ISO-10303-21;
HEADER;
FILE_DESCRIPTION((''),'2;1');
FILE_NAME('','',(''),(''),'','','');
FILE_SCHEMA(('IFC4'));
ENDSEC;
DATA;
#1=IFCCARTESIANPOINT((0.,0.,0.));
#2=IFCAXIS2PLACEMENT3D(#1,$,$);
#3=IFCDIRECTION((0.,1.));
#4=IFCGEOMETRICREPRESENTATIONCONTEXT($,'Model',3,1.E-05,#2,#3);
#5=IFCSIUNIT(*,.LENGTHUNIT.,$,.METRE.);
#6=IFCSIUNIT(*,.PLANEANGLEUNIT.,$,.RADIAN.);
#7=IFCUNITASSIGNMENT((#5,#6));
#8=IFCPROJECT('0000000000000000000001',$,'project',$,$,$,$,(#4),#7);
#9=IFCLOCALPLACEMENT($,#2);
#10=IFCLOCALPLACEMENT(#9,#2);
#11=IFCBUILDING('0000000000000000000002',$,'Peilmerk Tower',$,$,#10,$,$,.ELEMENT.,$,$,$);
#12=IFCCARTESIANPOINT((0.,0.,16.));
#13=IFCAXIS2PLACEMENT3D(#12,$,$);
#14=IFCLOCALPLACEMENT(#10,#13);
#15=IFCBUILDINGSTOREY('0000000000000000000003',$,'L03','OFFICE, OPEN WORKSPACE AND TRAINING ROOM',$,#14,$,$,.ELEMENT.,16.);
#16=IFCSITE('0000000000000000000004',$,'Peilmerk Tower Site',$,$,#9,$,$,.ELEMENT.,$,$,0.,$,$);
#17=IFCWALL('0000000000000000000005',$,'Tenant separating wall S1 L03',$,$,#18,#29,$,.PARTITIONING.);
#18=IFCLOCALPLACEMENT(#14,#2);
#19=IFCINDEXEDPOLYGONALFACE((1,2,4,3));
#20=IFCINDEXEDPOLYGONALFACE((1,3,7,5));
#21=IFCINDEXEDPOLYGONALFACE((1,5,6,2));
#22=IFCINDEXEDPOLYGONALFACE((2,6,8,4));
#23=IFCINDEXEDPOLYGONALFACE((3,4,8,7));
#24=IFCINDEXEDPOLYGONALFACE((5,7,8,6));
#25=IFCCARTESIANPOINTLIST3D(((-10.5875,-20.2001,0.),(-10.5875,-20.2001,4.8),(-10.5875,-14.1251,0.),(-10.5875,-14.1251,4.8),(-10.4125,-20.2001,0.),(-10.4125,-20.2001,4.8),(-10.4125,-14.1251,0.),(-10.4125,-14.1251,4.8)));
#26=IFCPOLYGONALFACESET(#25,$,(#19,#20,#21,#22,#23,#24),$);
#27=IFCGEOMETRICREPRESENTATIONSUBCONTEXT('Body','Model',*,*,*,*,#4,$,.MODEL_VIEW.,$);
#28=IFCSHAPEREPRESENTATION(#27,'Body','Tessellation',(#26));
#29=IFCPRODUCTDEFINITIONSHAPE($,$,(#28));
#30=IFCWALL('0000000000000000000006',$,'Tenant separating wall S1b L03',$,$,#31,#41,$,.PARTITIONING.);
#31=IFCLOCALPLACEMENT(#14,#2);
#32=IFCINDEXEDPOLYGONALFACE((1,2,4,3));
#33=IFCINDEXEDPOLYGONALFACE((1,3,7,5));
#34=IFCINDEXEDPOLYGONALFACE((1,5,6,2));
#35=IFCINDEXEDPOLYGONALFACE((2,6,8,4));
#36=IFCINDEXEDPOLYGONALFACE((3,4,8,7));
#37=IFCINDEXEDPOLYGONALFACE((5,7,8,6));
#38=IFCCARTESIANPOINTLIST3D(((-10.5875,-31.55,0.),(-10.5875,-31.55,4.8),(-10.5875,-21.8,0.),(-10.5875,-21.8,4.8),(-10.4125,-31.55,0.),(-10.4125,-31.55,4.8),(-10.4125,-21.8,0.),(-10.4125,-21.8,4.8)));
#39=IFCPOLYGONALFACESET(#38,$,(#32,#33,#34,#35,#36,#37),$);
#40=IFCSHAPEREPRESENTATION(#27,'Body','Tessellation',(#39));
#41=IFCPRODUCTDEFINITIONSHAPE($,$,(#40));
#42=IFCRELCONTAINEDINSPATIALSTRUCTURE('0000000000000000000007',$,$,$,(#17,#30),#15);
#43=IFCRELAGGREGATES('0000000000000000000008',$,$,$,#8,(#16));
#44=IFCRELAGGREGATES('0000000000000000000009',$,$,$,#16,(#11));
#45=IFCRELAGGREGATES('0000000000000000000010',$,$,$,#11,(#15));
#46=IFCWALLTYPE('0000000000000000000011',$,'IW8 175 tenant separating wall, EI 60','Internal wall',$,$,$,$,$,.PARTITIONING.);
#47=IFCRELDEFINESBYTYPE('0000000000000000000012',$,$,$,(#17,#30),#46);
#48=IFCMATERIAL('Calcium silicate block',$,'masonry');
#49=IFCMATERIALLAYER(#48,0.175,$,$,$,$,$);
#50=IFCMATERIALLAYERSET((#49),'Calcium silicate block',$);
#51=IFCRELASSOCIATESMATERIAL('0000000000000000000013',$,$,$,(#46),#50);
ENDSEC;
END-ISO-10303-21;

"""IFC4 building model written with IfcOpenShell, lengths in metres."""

from ifc_helpers import new_model, si_unit, direction, frame, frame_2d, origin, place, context, subcontext, project, spatial, rectangle, extrude, material, layer, layer_set, type_object, element, save


model = new_model("IFC4")

# Units and contexts
model_context = context("Model", 3, precision=1e-05, world=origin(), true_north=direction((0.0, 1.0)))
body_context = subcontext(model_context, "Body", "Model", "MODEL_VIEW")
ifc_project = project(units=[si_unit("LENGTHUNIT", "METRE"), si_unit("PLANEANGLEUNIT", "RADIAN")], contexts=[model_context])

# Site, building, storey
site_placement = place(None, origin())
site = spatial("IfcSite", under=ifc_project, at=site_placement, Name="Peilmerk Tower Site", CompositionType="ELEMENT", RefElevation=0.0)
building_placement = place(site_placement, origin())
building = spatial("IfcBuilding", under=site, at=building_placement, Name="Peilmerk Tower", CompositionType="ELEMENT")
storey_placement = place(building_placement, frame((0.0, 0.0, 16.0)))
storey = spatial("IfcBuildingStorey", under=building, at=storey_placement, Name="L03", Description="OFFICE, OPEN WORKSPACE AND TRAINING ROOM", CompositionType="ELEMENT", Elevation=16.0)

# Walls
ifc_material_1 = material(Name="Calcium silicate block", Category="masonry")
ifc_layer = layer(ifc_material_1, 0.175)
ifc_layer_set = layer_set([ifc_layer], Name="Calcium silicate block")
wall_type = type_object("IfcWallType", Name="IW8 175 tenant separating wall, EI 60", Description="Internal wall", PredefinedType="PARTITIONING", material=ifc_layer_set)
wall_1_placement = place(storey_placement, frame((-10.5, -14.125, 0.0), z_axis=(0.0, 0.0, 1.0), x_axis=(0.0, -1.0, 0.0)))
element("IfcWall", 1, at=wall_1_placement, inside=storey, type_object=wall_type, Name="Tenant separating wall S1 L03", PredefinedType="PARTITIONING", context=body_context, shape_type="SweptSolid", body=[
    extrude(rectangle(XDim=6.075, YDim=0.175, at=frame_2d((3.0376, 0.0))), origin(), (0.0, 0.0, 1.0), 4.8),
])
wall_2_placement = place(storey_placement, frame((-10.5, -21.8, 0.0), z_axis=(0.0, 0.0, 1.0), x_axis=(0.0, -1.0, 0.0)))
element("IfcWall", 2, at=wall_2_placement, inside=storey, type_object=wall_type, Name="Tenant separating wall S1b L03", PredefinedType="PARTITIONING", context=body_context, shape_type="SweptSolid", body=[
    extrude(rectangle(XDim=9.75, YDim=0.175, at=frame_2d((4.875, 0.0))), origin(), (0.0, 0.0, 1.0), 4.8),
])

save(model, "model.ifc")
